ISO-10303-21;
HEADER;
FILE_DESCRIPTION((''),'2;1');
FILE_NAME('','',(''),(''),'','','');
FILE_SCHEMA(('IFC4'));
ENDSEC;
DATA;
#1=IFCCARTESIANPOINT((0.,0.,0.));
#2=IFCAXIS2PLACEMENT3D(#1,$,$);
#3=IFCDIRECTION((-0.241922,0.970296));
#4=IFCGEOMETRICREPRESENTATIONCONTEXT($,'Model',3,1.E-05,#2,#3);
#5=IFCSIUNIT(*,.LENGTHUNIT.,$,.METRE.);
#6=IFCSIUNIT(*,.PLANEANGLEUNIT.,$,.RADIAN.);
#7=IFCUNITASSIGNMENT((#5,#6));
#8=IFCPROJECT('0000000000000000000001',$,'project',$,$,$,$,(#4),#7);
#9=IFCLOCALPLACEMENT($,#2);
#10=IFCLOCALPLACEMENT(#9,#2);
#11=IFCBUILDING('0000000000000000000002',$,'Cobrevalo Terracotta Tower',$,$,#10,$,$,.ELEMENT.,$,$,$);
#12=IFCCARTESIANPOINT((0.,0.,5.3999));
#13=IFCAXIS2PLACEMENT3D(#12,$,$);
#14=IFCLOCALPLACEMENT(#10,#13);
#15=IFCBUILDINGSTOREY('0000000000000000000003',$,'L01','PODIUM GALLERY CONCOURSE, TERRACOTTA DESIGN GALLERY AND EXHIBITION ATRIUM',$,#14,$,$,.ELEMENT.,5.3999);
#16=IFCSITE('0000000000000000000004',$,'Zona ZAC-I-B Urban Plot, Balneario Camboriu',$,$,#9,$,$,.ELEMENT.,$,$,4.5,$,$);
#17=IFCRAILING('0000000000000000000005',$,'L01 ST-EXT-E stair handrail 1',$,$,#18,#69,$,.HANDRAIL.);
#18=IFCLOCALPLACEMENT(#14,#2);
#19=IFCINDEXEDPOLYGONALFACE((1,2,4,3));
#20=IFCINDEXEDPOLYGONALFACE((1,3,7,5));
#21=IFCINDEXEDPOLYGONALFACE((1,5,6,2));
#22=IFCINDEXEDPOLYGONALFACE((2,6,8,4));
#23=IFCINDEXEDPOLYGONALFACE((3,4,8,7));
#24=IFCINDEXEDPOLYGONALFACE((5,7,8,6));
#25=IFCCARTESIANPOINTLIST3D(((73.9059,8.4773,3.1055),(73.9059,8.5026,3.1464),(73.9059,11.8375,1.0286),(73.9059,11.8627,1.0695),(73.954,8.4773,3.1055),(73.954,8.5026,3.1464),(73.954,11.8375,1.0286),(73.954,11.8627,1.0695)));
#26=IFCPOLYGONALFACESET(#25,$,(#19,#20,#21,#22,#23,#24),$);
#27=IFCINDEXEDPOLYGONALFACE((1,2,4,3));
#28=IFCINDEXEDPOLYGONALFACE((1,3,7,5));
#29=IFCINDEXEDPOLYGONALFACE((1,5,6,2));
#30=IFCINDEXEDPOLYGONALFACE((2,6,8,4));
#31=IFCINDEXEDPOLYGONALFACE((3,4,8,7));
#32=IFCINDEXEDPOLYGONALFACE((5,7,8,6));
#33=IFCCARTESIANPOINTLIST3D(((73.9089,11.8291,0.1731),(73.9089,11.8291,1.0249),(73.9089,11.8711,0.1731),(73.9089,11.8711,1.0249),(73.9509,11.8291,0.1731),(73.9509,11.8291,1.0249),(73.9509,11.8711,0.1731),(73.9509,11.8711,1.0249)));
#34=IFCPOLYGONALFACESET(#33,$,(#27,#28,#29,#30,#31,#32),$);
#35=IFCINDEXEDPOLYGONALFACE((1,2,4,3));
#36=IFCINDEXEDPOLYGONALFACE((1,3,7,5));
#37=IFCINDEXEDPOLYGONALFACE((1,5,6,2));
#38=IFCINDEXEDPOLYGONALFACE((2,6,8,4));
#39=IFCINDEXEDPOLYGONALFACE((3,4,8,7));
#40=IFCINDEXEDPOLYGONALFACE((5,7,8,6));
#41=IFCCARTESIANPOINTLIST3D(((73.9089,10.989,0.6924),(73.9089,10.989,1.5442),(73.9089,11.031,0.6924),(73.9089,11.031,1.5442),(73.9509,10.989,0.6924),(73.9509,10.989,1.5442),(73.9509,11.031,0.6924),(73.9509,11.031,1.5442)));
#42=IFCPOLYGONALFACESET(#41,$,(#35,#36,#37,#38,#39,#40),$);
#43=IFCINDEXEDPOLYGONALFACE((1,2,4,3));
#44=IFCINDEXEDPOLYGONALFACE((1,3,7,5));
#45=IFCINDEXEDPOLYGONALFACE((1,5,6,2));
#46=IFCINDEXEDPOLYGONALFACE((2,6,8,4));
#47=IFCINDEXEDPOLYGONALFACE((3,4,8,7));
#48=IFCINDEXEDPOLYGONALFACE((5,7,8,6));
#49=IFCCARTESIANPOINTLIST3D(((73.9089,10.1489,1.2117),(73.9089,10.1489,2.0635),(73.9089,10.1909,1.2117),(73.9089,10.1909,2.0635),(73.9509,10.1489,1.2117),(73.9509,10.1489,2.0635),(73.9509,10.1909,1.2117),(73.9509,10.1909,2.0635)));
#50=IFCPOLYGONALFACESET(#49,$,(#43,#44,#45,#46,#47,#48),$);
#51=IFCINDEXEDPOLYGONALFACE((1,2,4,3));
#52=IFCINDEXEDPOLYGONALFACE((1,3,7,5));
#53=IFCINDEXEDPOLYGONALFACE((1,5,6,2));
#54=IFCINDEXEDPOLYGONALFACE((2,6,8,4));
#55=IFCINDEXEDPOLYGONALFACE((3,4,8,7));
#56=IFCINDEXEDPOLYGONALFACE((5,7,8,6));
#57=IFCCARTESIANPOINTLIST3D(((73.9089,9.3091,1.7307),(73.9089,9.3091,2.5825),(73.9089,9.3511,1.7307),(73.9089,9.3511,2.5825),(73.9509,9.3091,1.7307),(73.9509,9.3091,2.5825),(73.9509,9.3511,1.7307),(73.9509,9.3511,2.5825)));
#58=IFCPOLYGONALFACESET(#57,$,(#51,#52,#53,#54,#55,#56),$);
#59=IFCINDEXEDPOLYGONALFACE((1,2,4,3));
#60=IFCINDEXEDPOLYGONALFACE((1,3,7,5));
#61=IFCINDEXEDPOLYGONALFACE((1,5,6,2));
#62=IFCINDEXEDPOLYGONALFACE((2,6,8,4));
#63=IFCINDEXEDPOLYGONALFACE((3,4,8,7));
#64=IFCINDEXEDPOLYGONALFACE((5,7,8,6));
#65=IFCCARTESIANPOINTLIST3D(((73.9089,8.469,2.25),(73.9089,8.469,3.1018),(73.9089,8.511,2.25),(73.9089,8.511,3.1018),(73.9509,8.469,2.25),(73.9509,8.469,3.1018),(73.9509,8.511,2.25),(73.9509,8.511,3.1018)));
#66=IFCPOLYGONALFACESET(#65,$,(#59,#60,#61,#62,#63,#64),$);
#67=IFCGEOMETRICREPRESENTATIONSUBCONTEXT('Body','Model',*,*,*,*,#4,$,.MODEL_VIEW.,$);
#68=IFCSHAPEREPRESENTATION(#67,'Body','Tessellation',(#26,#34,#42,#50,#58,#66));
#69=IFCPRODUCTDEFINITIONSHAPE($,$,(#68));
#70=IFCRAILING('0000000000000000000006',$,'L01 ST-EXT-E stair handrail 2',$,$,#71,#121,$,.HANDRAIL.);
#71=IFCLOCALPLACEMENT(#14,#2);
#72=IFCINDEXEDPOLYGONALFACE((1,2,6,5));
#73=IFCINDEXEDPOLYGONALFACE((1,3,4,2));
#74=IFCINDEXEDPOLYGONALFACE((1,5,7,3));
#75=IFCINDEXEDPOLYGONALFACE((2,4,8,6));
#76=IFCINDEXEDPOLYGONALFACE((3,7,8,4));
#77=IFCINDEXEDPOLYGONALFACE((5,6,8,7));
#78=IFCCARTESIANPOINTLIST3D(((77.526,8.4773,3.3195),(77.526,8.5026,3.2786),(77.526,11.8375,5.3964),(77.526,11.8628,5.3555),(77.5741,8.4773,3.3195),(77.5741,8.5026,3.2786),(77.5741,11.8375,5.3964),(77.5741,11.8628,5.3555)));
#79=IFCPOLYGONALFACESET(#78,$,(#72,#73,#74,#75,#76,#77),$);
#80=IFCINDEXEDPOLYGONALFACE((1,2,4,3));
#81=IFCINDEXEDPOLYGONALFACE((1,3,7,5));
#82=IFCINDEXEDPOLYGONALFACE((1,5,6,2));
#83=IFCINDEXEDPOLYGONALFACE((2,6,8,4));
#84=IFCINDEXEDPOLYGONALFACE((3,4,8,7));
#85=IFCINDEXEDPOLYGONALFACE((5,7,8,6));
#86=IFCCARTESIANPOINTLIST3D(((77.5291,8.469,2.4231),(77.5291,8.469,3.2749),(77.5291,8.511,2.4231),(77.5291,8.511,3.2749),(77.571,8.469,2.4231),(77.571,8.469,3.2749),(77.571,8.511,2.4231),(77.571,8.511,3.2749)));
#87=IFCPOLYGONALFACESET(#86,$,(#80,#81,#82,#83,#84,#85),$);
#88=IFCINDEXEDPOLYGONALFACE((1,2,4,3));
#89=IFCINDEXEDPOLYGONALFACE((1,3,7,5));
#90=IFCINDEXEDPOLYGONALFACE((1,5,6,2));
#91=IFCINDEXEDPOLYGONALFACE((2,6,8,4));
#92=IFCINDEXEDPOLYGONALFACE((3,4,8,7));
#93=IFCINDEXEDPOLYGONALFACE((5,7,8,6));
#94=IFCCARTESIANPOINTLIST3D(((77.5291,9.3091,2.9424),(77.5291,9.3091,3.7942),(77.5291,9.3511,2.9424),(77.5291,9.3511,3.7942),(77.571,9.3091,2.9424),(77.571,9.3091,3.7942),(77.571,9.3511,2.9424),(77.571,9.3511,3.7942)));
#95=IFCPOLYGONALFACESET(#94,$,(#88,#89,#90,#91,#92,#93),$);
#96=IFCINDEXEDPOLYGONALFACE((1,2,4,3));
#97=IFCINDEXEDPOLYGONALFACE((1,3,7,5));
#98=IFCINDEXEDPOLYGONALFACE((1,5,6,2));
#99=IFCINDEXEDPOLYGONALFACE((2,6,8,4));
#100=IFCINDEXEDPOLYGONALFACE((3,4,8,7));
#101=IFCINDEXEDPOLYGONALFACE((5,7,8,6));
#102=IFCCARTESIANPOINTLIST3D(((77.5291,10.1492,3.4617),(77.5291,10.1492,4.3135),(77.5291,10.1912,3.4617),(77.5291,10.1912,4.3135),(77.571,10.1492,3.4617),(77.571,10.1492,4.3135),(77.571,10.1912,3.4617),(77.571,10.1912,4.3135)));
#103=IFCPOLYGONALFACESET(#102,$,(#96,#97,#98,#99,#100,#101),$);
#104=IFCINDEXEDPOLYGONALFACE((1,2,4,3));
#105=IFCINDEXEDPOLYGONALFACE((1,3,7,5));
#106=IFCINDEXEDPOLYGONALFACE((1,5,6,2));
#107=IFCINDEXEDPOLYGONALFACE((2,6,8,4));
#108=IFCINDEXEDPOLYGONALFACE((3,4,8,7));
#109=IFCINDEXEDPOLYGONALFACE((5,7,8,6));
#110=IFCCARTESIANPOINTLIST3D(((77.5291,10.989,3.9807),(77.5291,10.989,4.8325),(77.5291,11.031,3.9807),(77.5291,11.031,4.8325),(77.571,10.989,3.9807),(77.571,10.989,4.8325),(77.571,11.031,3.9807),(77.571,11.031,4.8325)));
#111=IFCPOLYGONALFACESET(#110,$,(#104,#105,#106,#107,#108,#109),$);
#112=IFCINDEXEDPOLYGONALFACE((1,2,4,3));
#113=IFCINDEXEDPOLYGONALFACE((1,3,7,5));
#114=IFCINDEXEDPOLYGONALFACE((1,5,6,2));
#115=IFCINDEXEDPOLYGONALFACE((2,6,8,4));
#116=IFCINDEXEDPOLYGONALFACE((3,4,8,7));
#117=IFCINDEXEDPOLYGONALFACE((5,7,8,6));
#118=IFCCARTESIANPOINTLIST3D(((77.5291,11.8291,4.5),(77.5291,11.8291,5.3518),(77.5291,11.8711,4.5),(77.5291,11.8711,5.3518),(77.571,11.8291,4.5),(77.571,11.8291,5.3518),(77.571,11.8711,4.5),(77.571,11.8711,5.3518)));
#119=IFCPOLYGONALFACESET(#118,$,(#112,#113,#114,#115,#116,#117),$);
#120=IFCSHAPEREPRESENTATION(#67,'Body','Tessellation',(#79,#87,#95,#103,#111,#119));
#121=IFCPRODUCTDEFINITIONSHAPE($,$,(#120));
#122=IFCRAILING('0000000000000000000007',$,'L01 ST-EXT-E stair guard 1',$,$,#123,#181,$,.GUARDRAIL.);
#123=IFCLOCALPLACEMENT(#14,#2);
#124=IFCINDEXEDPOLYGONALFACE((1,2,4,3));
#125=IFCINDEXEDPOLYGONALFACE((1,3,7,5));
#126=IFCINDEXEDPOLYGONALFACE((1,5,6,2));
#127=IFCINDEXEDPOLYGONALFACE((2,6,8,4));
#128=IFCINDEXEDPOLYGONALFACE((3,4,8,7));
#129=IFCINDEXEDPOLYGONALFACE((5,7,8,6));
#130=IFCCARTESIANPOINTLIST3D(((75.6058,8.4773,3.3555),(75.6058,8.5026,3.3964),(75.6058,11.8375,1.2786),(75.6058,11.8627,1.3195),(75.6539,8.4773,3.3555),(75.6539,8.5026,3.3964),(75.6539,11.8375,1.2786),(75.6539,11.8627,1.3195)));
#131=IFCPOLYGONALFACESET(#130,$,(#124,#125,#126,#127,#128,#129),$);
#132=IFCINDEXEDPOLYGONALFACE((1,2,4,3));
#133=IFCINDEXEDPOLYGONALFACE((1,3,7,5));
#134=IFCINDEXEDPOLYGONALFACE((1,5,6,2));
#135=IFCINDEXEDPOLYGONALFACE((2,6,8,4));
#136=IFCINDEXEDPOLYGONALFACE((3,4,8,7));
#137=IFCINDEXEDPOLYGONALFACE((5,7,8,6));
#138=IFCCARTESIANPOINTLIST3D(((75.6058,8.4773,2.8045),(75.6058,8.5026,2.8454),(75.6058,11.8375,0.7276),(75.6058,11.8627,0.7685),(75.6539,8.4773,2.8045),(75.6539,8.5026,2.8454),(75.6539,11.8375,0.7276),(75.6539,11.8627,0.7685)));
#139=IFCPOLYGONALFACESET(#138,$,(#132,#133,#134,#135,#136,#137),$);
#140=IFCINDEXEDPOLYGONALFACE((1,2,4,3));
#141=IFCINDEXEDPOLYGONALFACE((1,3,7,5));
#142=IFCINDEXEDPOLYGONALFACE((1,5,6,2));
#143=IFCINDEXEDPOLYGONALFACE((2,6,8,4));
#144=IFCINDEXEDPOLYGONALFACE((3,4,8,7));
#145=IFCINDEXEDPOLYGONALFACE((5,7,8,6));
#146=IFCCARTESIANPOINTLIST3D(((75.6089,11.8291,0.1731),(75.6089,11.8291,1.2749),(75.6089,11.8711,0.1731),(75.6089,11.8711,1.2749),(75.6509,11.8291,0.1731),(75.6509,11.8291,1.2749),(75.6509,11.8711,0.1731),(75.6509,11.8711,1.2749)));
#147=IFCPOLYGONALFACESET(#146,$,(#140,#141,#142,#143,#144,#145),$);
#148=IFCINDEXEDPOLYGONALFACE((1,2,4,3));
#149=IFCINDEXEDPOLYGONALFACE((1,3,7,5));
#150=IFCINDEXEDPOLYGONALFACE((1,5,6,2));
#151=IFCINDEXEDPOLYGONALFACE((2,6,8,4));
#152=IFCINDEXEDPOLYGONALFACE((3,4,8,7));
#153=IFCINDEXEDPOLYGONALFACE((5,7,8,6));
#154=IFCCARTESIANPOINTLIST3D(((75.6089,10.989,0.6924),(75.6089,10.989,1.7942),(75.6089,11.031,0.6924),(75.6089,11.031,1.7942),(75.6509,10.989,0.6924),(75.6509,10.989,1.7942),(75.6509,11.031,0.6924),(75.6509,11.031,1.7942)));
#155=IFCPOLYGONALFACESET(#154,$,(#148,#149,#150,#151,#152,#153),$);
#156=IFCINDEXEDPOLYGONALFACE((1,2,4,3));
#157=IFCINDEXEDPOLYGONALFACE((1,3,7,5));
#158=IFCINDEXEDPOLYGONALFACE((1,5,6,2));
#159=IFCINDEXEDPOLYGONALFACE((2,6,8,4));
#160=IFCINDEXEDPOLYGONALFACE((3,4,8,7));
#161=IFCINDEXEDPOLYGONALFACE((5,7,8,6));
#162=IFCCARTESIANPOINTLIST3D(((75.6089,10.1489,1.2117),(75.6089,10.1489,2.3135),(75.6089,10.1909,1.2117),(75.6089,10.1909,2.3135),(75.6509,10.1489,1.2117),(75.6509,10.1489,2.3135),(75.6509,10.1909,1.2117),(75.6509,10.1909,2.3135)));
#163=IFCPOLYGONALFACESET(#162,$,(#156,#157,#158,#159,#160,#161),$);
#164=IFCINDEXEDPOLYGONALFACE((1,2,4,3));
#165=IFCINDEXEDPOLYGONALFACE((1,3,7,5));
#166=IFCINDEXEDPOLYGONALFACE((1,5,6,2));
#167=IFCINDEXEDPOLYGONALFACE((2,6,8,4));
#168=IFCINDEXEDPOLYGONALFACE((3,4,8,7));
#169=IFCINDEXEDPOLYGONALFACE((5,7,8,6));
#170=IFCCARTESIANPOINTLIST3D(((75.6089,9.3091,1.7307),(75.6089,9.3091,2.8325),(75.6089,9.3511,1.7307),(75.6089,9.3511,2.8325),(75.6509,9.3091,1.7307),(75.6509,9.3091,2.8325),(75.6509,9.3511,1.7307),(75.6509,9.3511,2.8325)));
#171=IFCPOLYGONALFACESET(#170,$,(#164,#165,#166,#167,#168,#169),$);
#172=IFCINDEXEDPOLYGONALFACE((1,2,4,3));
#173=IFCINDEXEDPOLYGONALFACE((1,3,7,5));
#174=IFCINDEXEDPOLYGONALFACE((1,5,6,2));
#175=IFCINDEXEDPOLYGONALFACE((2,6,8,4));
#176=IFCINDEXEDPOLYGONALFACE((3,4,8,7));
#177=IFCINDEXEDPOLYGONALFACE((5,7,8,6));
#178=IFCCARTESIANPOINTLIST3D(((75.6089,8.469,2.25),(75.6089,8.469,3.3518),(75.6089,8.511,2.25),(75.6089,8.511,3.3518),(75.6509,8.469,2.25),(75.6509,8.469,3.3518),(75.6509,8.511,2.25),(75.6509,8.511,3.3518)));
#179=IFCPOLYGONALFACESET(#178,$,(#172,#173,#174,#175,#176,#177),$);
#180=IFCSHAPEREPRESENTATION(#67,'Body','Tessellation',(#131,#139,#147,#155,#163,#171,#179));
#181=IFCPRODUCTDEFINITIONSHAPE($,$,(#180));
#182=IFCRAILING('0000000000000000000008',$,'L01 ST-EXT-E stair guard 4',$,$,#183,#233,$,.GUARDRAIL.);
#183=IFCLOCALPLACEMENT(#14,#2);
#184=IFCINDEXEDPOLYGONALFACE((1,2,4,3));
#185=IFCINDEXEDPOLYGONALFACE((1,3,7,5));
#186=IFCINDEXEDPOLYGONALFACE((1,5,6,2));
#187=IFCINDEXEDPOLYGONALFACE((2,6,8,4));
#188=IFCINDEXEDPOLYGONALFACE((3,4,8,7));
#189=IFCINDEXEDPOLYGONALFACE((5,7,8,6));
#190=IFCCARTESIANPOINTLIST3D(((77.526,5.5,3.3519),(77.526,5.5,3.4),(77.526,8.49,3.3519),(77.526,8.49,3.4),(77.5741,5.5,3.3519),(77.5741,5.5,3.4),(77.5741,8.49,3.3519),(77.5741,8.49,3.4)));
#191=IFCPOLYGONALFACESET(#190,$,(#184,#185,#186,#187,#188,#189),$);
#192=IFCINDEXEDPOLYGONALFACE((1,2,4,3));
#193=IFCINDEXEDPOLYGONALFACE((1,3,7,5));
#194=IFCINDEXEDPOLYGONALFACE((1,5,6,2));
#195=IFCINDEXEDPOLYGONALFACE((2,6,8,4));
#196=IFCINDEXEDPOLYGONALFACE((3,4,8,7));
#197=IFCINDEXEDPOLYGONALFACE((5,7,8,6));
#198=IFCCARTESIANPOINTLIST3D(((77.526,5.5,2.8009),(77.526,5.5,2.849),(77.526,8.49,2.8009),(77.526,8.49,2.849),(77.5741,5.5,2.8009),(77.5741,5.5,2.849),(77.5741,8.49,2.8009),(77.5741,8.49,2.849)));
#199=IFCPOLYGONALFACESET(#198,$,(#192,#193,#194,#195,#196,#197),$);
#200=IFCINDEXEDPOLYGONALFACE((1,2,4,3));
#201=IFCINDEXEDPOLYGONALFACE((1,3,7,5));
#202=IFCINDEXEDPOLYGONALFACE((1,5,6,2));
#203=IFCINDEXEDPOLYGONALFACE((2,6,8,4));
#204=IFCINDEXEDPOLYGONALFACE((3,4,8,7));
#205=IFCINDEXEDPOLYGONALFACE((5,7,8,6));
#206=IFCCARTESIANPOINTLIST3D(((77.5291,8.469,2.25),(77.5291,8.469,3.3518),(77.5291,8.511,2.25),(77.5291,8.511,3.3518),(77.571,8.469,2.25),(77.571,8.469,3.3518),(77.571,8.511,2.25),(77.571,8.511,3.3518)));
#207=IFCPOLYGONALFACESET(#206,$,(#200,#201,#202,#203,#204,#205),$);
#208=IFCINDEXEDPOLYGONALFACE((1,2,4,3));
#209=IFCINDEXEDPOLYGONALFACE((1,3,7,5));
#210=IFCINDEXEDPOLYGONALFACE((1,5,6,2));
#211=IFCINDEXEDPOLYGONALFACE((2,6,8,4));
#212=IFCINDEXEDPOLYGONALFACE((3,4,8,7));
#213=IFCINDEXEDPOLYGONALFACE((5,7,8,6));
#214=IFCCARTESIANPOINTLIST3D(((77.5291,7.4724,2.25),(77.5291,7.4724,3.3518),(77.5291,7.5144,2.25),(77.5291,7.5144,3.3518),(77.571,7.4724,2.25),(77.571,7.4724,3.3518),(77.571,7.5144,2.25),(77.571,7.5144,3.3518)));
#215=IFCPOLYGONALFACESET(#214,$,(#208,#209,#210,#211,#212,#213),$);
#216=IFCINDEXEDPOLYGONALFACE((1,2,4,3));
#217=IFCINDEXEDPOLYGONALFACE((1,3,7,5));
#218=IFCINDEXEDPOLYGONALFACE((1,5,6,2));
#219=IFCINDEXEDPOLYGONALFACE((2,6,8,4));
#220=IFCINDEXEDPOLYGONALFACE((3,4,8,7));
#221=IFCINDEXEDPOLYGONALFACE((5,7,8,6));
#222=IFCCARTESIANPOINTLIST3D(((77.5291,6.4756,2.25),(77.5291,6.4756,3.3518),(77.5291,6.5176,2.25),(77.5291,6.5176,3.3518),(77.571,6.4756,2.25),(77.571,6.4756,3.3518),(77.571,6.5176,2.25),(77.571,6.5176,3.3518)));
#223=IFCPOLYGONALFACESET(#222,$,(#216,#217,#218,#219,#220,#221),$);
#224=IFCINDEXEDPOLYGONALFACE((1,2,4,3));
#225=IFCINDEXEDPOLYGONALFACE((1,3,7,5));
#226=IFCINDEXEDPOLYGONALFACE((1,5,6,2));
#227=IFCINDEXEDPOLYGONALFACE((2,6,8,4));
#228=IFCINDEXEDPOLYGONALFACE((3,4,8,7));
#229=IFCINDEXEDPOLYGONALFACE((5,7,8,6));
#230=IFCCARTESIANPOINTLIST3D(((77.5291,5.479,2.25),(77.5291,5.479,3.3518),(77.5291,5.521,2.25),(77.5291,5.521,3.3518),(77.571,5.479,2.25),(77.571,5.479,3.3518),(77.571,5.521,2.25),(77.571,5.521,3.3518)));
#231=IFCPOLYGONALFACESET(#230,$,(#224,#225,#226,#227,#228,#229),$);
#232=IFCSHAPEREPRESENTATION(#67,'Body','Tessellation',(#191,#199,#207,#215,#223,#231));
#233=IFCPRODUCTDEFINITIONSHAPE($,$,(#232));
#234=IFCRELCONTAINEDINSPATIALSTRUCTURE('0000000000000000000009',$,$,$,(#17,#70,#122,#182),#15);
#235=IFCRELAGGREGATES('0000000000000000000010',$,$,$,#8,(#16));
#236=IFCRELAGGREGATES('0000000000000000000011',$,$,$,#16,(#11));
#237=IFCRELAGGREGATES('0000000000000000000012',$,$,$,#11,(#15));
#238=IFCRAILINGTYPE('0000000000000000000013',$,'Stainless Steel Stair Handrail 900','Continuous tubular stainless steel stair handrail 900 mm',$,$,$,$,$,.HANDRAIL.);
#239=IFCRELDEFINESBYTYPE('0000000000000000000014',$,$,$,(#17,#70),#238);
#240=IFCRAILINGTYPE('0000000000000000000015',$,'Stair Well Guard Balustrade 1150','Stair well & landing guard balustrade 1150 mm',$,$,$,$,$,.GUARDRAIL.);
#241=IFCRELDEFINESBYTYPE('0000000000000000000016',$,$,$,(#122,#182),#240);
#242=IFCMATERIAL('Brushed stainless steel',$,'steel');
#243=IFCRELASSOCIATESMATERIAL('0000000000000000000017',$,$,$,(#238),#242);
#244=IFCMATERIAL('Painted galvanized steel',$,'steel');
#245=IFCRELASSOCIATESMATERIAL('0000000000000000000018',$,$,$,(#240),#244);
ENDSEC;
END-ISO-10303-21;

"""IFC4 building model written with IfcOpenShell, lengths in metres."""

from ifc_helpers import new_model, si_unit, direction, frame, origin, origin_2d, place, context, subcontext, project, spatial, rectangle, extrude, material, type_object, element, save


model = new_model("IFC4")

# Units and contexts
model_context = context("Model", 3, precision=1e-05, world=origin(), true_north=direction((-0.241922, 0.970296)))
body_context = subcontext(model_context, "Body", "Model", "MODEL_VIEW")
ifc_project = project(units=[si_unit("LENGTHUNIT", "METRE"), si_unit("PLANEANGLEUNIT", "RADIAN")], contexts=[model_context])

# Site, building, storey
site_placement = place(None, origin())
site = spatial("IfcSite", under=ifc_project, at=site_placement, Name="Zona ZAC-I-B Urban Plot, Balneario Camboriu", CompositionType="ELEMENT", RefElevation=4.5)
building_placement = place(site_placement, origin())
building = spatial("IfcBuilding", under=site, at=building_placement, Name="Cobrevalo Terracotta Tower", CompositionType="ELEMENT")
storey_placement = place(building_placement, frame((0.0, 0.0, 5.3999)))
storey = spatial("IfcBuildingStorey", under=building, at=storey_placement, Name="L01", Description="PODIUM GALLERY CONCOURSE, TERRACOTTA DESIGN GALLERY AND EXHIBITION ATRIUM", CompositionType="ELEMENT", Elevation=5.3999)

# Railings
ifc_material_1 = material(Name="Brushed stainless steel", Category="steel")
railing_type_1 = type_object("IfcRailingType", Name="Stainless Steel Stair Handrail 900", Description="Continuous tubular stainless steel stair handrail 900 mm", PredefinedType="HANDRAIL", material=ifc_material_1)
railing_1_placement = place(storey_placement, frame((73.9299, 11.8501, 0.1731)))
element("IfcRailing", 1, at=railing_1_placement, inside=storey, type_object=railing_type_1, Name="L01 ST-EXT-E stair handrail 1", PredefinedType="HANDRAIL", context=body_context, shape_type="SweptSolid", body=[
    extrude(rectangle(XDim=0.0481, YDim=0.0481, at=origin_2d()), frame((0.0, 0.0, 0.876), z_axis=(0.0, -0.850623, 0.525776), x_axis=(1.0, 0.0, 0.0)), (0.0, 0.0, 1.0), 3.9502),
    extrude(rectangle(XDim=0.042, YDim=0.042, at=origin_2d()), origin(), (0.0, 0.0, 1.0), 0.8518),
    extrude(rectangle(XDim=0.042, YDim=0.042, at=origin_2d()), frame((0.0, -0.8401, 0.5193)), (0.0, 0.0, 1.0), 0.8518),
    extrude(rectangle(XDim=0.042, YDim=0.042, at=origin_2d()), frame((0.0, -1.6802, 1.0386)), (0.0, 0.0, 1.0), 0.8518),
    extrude(rectangle(XDim=0.042, YDim=0.042, at=origin_2d()), frame((0.0, -2.52, 1.5576)), (0.0, 0.0, 1.0), 0.8518),
    extrude(rectangle(XDim=0.042, YDim=0.042, at=origin_2d()), frame((0.0, -3.3601, 2.0769)), (0.0, 0.0, 1.0), 0.8518),
])
railing_2_placement = place(storey_placement, frame((77.55, 8.49, 2.4231)))
element("IfcRailing", 2, at=railing_2_placement, inside=storey, type_object=railing_type_1, Name="L01 ST-EXT-E stair handrail 2", PredefinedType="HANDRAIL", context=body_context, shape_type="SweptSolid", body=[
    extrude(rectangle(XDim=0.0481, YDim=0.0481, at=origin_2d()), frame((0.0, 0.0, 0.876), z_axis=(0.0, 0.850623, 0.525776), x_axis=(-1.0, 0.0, 0.0)), (0.0, 0.0, 1.0), 3.9502),
    extrude(rectangle(XDim=0.042, YDim=0.042, at=origin_2d()), origin(), (0.0, 0.0, 1.0), 0.8518),
    extrude(rectangle(XDim=0.042, YDim=0.042, at=origin_2d()), frame((0.0, 0.8401, 0.5193)), (0.0, 0.0, 1.0), 0.8518),
    extrude(rectangle(XDim=0.042, YDim=0.042, at=origin_2d()), frame((0.0, 1.6802, 1.0386)), (0.0, 0.0, 1.0), 0.8518),
    extrude(rectangle(XDim=0.042, YDim=0.042, at=origin_2d()), frame((0.0, 2.52, 1.5576)), (0.0, 0.0, 1.0), 0.8518),
    extrude(rectangle(XDim=0.042, YDim=0.042, at=origin_2d()), frame((0.0, 3.3601, 2.0769)), (0.0, 0.0, 1.0), 0.8518),
])
ifc_material_2 = material(Name="Painted galvanized steel", Category="steel")
railing_type_2 = type_object("IfcRailingType", Name="Stair Well Guard Balustrade 1150", Description="Stair well & landing guard balustrade 1150 mm", PredefinedType="GUARDRAIL", material=ifc_material_2)
railing_3_placement = place(storey_placement, frame((75.6299, 11.8501, 0.1731)))
element("IfcRailing", 3, at=railing_3_placement, inside=storey, type_object=railing_type_2, Name="L01 ST-EXT-E stair guard 1", PredefinedType="GUARDRAIL", context=body_context, shape_type="SweptSolid", body=[
    extrude(rectangle(XDim=0.0481, YDim=0.0481, at=origin_2d()), frame((0.0, 0.0, 1.126), z_axis=(0.0, -0.850623, 0.525776), x_axis=(1.0, 0.0, 0.0)), (0.0, 0.0, 1.0), 3.9502),
    extrude(rectangle(XDim=0.0481, YDim=0.0481, at=origin_2d()), frame((0.0, 0.0, 0.575), z_axis=(0.0, -0.850623, 0.525776), x_axis=(1.0, 0.0, 0.0)), (0.0, 0.0, 1.0), 3.9502),
    extrude(rectangle(XDim=0.042, YDim=0.042, at=origin_2d()), origin(), (0.0, 0.0, 1.0), 1.1018),
    extrude(rectangle(XDim=0.042, YDim=0.042, at=origin_2d()), frame((0.0, -0.8401, 0.5193)), (0.0, 0.0, 1.0), 1.1018),
    extrude(rectangle(XDim=0.042, YDim=0.042, at=origin_2d()), frame((0.0, -1.6802, 1.0386)), (0.0, 0.0, 1.0), 1.1018),
    extrude(rectangle(XDim=0.042, YDim=0.042, at=origin_2d()), frame((0.0, -2.52, 1.5576)), (0.0, 0.0, 1.0), 1.1018),
    extrude(rectangle(XDim=0.042, YDim=0.042, at=origin_2d()), frame((0.0, -3.3601, 2.0769)), (0.0, 0.0, 1.0), 1.1018),
])
railing_4_placement = place(storey_placement, frame((77.55, 8.49, 2.25)))
element("IfcRailing", 4, at=railing_4_placement, inside=storey, type_object=railing_type_2, Name="L01 ST-EXT-E stair guard 4", PredefinedType="GUARDRAIL", context=body_context, shape_type="SweptSolid", body=[
    extrude(rectangle(XDim=0.0481, YDim=0.0481, at=origin_2d()), frame((0.0, 0.0, 1.126), z_axis=(0.0, -1.0, 0.0), x_axis=(1.0, 0.0, 0.0)), (0.0, 0.0, 1.0), 2.99),
    extrude(rectangle(XDim=0.0481, YDim=0.0481, at=origin_2d()), frame((0.0, 0.0, 0.575), z_axis=(0.0, -1.0, 0.0), x_axis=(1.0, 0.0, 0.0)), (0.0, 0.0, 1.0), 2.99),
    extrude(rectangle(XDim=0.042, YDim=0.042, at=origin_2d()), origin(), (0.0, 0.0, 1.0), 1.1018),
    extrude(rectangle(XDim=0.042, YDim=0.042, at=origin_2d()), frame((0.0, -0.9966, 0.0)), (0.0, 0.0, 1.0), 1.1018),
    extrude(rectangle(XDim=0.042, YDim=0.042, at=origin_2d()), frame((0.0, -1.9934, 0.0)), (0.0, 0.0, 1.0), 1.1018),
    extrude(rectangle(XDim=0.042, YDim=0.042, at=origin_2d()), frame((0.0, -2.99, 0.0)), (0.0, 0.0, 1.0), 1.1018),
])

save(model, "model.ifc")
